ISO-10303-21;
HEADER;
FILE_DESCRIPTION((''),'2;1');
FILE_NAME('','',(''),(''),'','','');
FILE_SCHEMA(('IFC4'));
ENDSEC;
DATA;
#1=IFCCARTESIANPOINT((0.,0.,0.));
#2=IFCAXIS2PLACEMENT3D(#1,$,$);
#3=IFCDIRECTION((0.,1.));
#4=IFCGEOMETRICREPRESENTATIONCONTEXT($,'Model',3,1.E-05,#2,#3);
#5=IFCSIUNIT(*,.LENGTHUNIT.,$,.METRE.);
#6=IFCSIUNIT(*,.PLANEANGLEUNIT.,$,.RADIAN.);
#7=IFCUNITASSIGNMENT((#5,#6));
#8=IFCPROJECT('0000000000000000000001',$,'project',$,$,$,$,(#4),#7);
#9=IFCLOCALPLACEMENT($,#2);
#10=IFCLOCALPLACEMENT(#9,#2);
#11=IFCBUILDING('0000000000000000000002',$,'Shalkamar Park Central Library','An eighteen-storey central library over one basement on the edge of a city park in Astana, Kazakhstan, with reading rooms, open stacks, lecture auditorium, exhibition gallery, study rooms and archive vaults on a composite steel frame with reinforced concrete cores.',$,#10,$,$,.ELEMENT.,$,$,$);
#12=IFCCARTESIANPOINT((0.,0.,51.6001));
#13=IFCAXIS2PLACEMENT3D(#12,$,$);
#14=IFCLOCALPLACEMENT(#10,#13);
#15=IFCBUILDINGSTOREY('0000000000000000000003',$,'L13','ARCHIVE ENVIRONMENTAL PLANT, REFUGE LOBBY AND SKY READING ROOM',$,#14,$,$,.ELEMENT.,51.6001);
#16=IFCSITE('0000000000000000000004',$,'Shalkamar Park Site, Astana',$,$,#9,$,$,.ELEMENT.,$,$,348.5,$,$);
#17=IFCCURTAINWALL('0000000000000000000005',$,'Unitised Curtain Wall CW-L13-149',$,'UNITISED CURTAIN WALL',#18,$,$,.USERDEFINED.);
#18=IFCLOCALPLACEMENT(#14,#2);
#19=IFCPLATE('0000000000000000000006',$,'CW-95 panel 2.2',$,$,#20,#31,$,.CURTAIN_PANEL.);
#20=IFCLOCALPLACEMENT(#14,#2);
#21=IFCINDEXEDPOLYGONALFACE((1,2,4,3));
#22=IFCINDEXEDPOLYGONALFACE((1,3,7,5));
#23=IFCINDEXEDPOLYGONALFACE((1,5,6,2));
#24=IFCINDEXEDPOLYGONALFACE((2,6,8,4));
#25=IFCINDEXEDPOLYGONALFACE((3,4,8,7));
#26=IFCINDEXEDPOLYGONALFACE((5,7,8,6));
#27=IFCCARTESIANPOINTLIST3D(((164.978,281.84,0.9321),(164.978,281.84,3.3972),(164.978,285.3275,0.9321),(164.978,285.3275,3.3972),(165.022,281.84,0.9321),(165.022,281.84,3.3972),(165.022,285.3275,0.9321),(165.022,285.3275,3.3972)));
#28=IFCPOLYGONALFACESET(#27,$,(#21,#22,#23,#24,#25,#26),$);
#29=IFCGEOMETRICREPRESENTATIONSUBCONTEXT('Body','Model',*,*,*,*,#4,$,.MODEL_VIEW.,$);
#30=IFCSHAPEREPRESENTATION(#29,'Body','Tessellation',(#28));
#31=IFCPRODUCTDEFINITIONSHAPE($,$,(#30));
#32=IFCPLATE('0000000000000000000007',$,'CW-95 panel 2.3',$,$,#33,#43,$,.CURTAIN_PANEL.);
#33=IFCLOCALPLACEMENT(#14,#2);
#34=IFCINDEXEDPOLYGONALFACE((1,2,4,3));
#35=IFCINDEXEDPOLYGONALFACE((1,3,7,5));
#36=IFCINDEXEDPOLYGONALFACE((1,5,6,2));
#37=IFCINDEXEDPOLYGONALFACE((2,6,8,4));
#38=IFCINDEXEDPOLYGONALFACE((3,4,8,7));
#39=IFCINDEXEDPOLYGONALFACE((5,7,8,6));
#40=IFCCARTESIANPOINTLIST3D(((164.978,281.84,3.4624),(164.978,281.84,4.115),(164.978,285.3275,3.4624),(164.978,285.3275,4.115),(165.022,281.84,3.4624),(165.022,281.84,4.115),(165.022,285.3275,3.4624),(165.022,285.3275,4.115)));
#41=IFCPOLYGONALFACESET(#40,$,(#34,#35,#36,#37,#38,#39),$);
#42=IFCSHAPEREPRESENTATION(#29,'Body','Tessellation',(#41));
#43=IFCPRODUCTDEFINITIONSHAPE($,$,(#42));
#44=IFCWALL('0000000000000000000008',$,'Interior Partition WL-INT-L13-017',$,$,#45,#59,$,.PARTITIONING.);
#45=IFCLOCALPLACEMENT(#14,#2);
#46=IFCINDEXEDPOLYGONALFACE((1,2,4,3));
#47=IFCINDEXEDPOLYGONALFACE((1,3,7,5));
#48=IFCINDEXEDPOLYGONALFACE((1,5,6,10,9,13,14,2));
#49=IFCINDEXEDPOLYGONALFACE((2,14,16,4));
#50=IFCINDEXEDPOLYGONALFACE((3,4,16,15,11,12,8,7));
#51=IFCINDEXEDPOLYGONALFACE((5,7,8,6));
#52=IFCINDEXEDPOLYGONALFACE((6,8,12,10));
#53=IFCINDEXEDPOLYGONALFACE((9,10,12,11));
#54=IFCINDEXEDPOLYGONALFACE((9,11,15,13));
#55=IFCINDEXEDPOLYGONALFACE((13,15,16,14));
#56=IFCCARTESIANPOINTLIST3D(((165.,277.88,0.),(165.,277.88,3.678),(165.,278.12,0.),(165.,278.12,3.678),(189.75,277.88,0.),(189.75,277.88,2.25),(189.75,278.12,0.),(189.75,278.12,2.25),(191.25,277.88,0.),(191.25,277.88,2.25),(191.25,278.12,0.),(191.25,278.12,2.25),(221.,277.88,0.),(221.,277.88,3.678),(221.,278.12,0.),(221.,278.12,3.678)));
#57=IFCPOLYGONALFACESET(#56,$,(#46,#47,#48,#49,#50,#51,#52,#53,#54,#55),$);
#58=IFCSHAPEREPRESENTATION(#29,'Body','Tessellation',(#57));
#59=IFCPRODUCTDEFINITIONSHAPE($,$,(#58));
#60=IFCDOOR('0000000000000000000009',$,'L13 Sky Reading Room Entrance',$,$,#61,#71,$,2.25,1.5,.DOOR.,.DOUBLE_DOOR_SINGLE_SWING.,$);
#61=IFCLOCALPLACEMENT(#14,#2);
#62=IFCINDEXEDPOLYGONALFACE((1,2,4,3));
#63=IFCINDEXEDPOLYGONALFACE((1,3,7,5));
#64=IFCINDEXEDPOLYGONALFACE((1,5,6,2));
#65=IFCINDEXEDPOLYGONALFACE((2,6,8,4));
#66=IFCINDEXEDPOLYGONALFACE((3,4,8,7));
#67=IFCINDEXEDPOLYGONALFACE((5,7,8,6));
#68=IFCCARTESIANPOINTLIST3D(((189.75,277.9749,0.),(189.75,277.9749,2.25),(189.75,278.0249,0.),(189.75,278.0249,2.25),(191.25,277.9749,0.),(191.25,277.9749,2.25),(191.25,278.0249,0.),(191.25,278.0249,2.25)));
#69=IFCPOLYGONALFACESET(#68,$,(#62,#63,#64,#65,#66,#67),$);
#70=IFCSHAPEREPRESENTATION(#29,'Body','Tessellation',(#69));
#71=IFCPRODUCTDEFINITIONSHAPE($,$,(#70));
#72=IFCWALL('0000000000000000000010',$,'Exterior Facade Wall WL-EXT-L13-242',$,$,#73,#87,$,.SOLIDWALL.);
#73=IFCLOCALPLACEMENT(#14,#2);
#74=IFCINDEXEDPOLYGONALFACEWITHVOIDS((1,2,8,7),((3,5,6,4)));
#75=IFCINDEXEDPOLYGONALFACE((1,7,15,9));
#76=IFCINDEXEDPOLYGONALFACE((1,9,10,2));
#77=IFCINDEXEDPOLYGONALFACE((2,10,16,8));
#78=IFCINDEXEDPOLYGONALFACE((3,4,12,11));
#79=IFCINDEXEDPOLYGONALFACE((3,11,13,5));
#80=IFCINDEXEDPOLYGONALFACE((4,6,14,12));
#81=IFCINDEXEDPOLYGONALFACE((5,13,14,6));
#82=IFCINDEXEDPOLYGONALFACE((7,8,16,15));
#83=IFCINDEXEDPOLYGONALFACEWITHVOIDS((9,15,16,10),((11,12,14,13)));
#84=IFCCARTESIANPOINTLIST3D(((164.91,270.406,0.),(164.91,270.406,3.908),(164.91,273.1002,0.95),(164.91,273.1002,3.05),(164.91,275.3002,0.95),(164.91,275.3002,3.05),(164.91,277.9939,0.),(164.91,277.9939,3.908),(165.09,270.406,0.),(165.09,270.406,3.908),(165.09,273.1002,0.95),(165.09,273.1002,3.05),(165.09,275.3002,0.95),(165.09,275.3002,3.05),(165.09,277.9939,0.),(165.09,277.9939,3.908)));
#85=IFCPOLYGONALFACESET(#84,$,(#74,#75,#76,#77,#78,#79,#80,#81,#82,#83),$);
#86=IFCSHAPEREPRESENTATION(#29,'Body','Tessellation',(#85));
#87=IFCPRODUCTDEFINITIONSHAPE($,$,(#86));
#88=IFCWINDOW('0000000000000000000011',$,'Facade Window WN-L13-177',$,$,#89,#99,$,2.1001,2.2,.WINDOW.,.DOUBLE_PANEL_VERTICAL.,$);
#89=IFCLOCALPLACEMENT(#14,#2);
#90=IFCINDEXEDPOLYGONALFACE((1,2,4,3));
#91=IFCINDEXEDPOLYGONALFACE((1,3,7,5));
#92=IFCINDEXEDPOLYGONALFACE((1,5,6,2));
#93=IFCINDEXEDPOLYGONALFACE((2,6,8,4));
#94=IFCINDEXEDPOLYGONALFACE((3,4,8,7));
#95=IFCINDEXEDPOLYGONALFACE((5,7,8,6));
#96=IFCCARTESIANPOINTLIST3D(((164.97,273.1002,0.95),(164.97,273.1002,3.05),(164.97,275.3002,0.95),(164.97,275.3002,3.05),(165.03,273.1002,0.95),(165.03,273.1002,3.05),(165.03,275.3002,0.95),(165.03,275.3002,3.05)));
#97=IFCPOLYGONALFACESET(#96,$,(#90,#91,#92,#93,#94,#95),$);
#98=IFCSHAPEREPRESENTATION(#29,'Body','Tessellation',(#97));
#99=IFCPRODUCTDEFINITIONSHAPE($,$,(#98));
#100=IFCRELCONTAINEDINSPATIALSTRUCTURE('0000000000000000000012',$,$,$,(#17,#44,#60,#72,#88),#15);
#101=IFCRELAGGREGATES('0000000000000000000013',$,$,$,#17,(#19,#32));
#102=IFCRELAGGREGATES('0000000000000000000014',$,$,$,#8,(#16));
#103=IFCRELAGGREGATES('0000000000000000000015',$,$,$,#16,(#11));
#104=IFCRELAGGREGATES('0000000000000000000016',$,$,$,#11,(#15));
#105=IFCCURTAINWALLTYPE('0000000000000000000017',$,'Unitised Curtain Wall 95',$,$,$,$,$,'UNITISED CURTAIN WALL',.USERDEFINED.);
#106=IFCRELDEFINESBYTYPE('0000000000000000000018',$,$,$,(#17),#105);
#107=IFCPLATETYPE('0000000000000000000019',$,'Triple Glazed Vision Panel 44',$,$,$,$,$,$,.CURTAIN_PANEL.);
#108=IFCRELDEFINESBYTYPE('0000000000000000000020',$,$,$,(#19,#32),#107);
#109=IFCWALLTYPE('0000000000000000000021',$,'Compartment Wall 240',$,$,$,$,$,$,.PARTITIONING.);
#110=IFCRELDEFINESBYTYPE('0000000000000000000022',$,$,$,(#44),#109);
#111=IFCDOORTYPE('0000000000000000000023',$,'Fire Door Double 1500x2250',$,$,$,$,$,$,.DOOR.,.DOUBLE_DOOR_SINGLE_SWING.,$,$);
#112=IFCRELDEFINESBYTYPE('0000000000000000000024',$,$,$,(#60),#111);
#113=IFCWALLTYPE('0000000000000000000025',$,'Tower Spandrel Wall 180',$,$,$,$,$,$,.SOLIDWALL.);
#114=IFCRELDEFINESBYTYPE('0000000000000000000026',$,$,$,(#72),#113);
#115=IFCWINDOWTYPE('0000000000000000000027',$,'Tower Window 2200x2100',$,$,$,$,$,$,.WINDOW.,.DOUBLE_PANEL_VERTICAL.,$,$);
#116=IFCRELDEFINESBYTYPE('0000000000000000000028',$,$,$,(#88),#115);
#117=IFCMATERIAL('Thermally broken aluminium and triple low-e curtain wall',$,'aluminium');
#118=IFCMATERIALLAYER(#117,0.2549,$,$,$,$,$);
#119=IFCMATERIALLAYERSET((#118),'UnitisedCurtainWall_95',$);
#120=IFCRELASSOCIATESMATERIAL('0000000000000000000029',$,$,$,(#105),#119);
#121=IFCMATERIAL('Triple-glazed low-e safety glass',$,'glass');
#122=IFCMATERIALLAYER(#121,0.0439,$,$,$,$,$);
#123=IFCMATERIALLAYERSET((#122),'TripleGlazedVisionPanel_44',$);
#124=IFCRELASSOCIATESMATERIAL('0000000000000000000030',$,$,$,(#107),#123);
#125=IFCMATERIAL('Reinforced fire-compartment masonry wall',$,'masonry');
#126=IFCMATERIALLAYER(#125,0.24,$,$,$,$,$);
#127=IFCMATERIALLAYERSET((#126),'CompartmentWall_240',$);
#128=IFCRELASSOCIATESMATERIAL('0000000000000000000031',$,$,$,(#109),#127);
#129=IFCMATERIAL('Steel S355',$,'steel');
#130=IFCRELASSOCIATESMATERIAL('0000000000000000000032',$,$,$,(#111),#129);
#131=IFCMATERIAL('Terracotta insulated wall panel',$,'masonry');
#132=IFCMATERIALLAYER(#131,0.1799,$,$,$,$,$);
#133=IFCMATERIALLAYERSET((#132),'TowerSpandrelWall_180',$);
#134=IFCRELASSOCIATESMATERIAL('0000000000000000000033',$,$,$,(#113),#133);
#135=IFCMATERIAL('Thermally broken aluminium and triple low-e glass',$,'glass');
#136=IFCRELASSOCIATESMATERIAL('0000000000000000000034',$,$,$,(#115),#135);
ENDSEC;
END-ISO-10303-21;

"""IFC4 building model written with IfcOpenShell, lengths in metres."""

from ifc_helpers import new_model, si_unit, direction, frame, frame_2d, origin, origin_2d, place, context, subcontext, project, spatial, rectangle, extrude, material, layer, layer_set, type_object, element, fill, aggregate, save


model = new_model("IFC4")

# Units and contexts
model_context = context("Model", 3, precision=1e-05, world=origin(), true_north=direction((0.0, 1.0)))
body_context = subcontext(model_context, "Body", "Model", "MODEL_VIEW")
ifc_project = project(units=[si_unit("LENGTHUNIT", "METRE"), si_unit("PLANEANGLEUNIT", "RADIAN")], contexts=[model_context])

# Site, building, storey
site_placement = place(None, origin())
site = spatial("IfcSite", under=ifc_project, at=site_placement, Name="Shalkamar Park Site, Astana", CompositionType="ELEMENT", RefElevation=348.5)
building_placement = place(site_placement, origin())
building = spatial("IfcBuilding", under=site, at=building_placement, Name="Shalkamar Park Central Library", Description="An eighteen-storey central library over one basement on the edge of a city park in Astana, Kazakhstan, with reading rooms, open stacks, lecture auditorium, exhibition gallery, study rooms and archive vaults on a composite steel frame with reinforced concrete cores.", CompositionType="ELEMENT")
storey_placement = place(building_placement, frame((0.0, 0.0, 51.6001)))
storey = spatial("IfcBuildingStorey", under=building, at=storey_placement, Name="L13", Description="ARCHIVE ENVIRONMENTAL PLANT, REFUGE LOBBY AND SKY READING ROOM", CompositionType="ELEMENT", Elevation=51.6001)

# Shared definitions
ifc_material_1 = material(Name="Steel S355", Category="steel")

# Curtain wall
ifc_material_2 = material(Name="Thermally broken aluminium and triple low-e curtain wall", Category="aluminium")
ifc_layer_1 = layer(ifc_material_2, 0.2549)
ifc_layer_set_1 = layer_set([ifc_layer_1], Name="UnitisedCurtainWall_95")
curtain_wall_type = type_object("IfcCurtainWallType", Name="Unitised Curtain Wall 95", ElementType="UNITISED CURTAIN WALL", PredefinedType="USERDEFINED", material=ifc_layer_set_1)
curtain_wall_placement = place(storey_placement, origin())
curtain_wall = element("IfcCurtainWall", 1, at=curtain_wall_placement, inside=storey, type_object=curtain_wall_type, Name="Unitised Curtain Wall CW-L13-149", ObjectType="UNITISED CURTAIN WALL", PredefinedType="USERDEFINED")

# Plates
ifc_material_3 = material(Name="Triple-glazed low-e safety glass", Category="glass")
ifc_layer_2 = layer(ifc_material_3, 0.0439)
ifc_layer_set_2 = layer_set([ifc_layer_2], Name="TripleGlazedVisionPanel_44")
plate_type = type_object("IfcPlateType", Name="Triple Glazed Vision Panel 44", PredefinedType="CURTAIN_PANEL", material=ifc_layer_set_2)
plate_1_placement = place(storey_placement, frame((165.0, 283.5837, 0.9321), z_axis=(0.0, 0.0, 1.0), x_axis=(0.0, 1.0, 0.0)))
plate_1 = element("IfcPlate", 2, at=plate_1_placement, type_object=plate_type, Name="CW-95 panel 2.2", PredefinedType="CURTAIN_PANEL", context=body_context, shape_type="SweptSolid", body=[
    extrude(rectangle(XDim=3.4875, YDim=0.0439, at=origin_2d()), origin(), (0.0, 0.0, 1.0), 2.4651),
])
plate_2_placement = place(storey_placement, frame((165.0, 283.5837, 3.4624), z_axis=(0.0, 0.0, 1.0), x_axis=(0.0, 1.0, 0.0)))
plate_2 = element("IfcPlate", 3, at=plate_2_placement, type_object=plate_type, Name="CW-95 panel 2.3", PredefinedType="CURTAIN_PANEL", context=body_context, shape_type="SweptSolid", body=[
    extrude(rectangle(XDim=3.4875, YDim=0.0439, at=origin_2d()), origin(), (0.0, 0.0, 1.0), 0.6526),
])
aggregate(curtain_wall, [plate_1, plate_2])

# Wall, opening, door
ifc_material_4 = material(Name="Reinforced fire-compartment masonry wall", Category="masonry")
ifc_layer_3 = layer(ifc_material_4, 0.24)
ifc_layer_set_3 = layer_set([ifc_layer_3], Name="CompartmentWall_240")
wall_type_1 = type_object("IfcWallType", Name="Compartment Wall 240", PredefinedType="PARTITIONING", material=ifc_layer_set_3)
wall_1_placement = place(storey_placement, frame((165.0, 278.0, 0.0), z_axis=(0.0, 0.0, 1.0), x_axis=(1.0, 0.0, 0.0)))
wall_1 = element("IfcWall", 4, at=wall_1_placement, inside=storey, type_object=wall_type_1, Name="Interior Partition WL-INT-L13-017", PredefinedType="PARTITIONING", context=body_context, shape_type="SweptSolid", body=[
    extrude(rectangle(XDim=56.0, YDim=0.24, at=frame_2d((28.0, 0.0))), origin(), (0.0, 0.0, 1.0), 3.678),
])
opening_1_placement = place(wall_1_placement, frame((24.75, 0.0, 0.0)))
opening_1 = element("IfcOpeningElement", 5, at=opening_1_placement, cuts=wall_1, PredefinedType="OPENING", context=body_context, shape_type="SweptSolid", body=[
    extrude(rectangle(XDim=1.5, YDim=2.25, at=frame_2d((0.75, 1.125))), frame((0.0, 0.1348, 0.0), z_axis=(0.0, -1.0, 0.0), x_axis=(1.0, 0.0, 0.0)), (0.0, 0.0, 1.0), 0.2698),
])
door_type = type_object("IfcDoorType", Name="Fire Door Double 1500x2250", OperationType="DOUBLE_DOOR_SINGLE_SWING", PredefinedType="DOOR", material=ifc_material_1)
door_placement = place(opening_1_placement, origin())
door = element("IfcDoor", 6, at=door_placement, inside=storey, type_object=door_type, Name="L13 Sky Reading Room Entrance", OperationType="DOUBLE_DOOR_SINGLE_SWING", OverallHeight=2.25, OverallWidth=1.5, PredefinedType="DOOR", context=body_context, shape_type="SweptSolid", body=[
    extrude(rectangle(XDim=1.5, YDim=2.25, at=frame_2d((0.75, 1.125))), frame((0.0, 0.0249, 0.0), z_axis=(0.0, -1.0, 0.0), x_axis=(1.0, 0.0, 0.0)), (0.0, 0.0, 1.0), 0.05),
])
fill(opening_1, door)

# Wall, opening, window
ifc_material_5 = material(Name="Terracotta insulated wall panel", Category="masonry")
ifc_layer_4 = layer(ifc_material_5, 0.1799)
ifc_layer_set_4 = layer_set([ifc_layer_4], Name="TowerSpandrelWall_180")
wall_type_2 = type_object("IfcWallType", Name="Tower Spandrel Wall 180", PredefinedType="SOLIDWALL", material=ifc_layer_set_4)
wall_2_placement = place(storey_placement, frame((165.0, 270.406, 0.0), z_axis=(0.0, 0.0, 1.0), x_axis=(0.0, 1.0, 0.0)))
wall_2 = element("IfcWall", 7, at=wall_2_placement, inside=storey, type_object=wall_type_2, Name="Exterior Facade Wall WL-EXT-L13-242", PredefinedType="SOLIDWALL", context=body_context, shape_type="SweptSolid", body=[
    extrude(rectangle(XDim=7.5879, YDim=0.1799, at=frame_2d((3.7939, 0.0))), origin(), (0.0, 0.0, 1.0), 3.908),
])
opening_2_placement = place(wall_2_placement, frame((2.6941, 0.0, 0.95)))
opening_2 = element("IfcOpeningElement", 8, at=opening_2_placement, cuts=wall_2, PredefinedType="OPENING", context=body_context, shape_type="SweptSolid", body=[
    extrude(rectangle(XDim=2.2, YDim=2.1001, at=frame_2d((1.1001, 1.05))), frame((0.0, 0.105, 0.0), z_axis=(0.0, -1.0, 0.0), x_axis=(1.0, 0.0, 0.0)), (0.0, 0.0, 1.0), 0.2097),
])
ifc_material_6 = material(Name="Thermally broken aluminium and triple low-e glass", Category="glass")
window_type = type_object("IfcWindowType", Name="Tower Window 2200x2100", PartitioningType="DOUBLE_PANEL_VERTICAL", PredefinedType="WINDOW", material=ifc_material_6)
window_placement = place(opening_2_placement, origin())
window = element("IfcWindow", 9, at=window_placement, inside=storey, type_object=window_type, Name="Facade Window WN-L13-177", OverallHeight=2.1001, OverallWidth=2.2, PartitioningType="DOUBLE_PANEL_VERTICAL", PredefinedType="WINDOW", context=body_context, shape_type="SweptSolid", body=[
    extrude(rectangle(XDim=2.2, YDim=2.1001, at=frame_2d((1.1001, 1.05))), frame((0.0, 0.03, 0.0), z_axis=(0.0, -1.0, 0.0), x_axis=(1.0, 0.0, 0.0)), (0.0, 0.0, 1.0), 0.0601),
])
fill(opening_2, window)

save(model, "model.ifc")
